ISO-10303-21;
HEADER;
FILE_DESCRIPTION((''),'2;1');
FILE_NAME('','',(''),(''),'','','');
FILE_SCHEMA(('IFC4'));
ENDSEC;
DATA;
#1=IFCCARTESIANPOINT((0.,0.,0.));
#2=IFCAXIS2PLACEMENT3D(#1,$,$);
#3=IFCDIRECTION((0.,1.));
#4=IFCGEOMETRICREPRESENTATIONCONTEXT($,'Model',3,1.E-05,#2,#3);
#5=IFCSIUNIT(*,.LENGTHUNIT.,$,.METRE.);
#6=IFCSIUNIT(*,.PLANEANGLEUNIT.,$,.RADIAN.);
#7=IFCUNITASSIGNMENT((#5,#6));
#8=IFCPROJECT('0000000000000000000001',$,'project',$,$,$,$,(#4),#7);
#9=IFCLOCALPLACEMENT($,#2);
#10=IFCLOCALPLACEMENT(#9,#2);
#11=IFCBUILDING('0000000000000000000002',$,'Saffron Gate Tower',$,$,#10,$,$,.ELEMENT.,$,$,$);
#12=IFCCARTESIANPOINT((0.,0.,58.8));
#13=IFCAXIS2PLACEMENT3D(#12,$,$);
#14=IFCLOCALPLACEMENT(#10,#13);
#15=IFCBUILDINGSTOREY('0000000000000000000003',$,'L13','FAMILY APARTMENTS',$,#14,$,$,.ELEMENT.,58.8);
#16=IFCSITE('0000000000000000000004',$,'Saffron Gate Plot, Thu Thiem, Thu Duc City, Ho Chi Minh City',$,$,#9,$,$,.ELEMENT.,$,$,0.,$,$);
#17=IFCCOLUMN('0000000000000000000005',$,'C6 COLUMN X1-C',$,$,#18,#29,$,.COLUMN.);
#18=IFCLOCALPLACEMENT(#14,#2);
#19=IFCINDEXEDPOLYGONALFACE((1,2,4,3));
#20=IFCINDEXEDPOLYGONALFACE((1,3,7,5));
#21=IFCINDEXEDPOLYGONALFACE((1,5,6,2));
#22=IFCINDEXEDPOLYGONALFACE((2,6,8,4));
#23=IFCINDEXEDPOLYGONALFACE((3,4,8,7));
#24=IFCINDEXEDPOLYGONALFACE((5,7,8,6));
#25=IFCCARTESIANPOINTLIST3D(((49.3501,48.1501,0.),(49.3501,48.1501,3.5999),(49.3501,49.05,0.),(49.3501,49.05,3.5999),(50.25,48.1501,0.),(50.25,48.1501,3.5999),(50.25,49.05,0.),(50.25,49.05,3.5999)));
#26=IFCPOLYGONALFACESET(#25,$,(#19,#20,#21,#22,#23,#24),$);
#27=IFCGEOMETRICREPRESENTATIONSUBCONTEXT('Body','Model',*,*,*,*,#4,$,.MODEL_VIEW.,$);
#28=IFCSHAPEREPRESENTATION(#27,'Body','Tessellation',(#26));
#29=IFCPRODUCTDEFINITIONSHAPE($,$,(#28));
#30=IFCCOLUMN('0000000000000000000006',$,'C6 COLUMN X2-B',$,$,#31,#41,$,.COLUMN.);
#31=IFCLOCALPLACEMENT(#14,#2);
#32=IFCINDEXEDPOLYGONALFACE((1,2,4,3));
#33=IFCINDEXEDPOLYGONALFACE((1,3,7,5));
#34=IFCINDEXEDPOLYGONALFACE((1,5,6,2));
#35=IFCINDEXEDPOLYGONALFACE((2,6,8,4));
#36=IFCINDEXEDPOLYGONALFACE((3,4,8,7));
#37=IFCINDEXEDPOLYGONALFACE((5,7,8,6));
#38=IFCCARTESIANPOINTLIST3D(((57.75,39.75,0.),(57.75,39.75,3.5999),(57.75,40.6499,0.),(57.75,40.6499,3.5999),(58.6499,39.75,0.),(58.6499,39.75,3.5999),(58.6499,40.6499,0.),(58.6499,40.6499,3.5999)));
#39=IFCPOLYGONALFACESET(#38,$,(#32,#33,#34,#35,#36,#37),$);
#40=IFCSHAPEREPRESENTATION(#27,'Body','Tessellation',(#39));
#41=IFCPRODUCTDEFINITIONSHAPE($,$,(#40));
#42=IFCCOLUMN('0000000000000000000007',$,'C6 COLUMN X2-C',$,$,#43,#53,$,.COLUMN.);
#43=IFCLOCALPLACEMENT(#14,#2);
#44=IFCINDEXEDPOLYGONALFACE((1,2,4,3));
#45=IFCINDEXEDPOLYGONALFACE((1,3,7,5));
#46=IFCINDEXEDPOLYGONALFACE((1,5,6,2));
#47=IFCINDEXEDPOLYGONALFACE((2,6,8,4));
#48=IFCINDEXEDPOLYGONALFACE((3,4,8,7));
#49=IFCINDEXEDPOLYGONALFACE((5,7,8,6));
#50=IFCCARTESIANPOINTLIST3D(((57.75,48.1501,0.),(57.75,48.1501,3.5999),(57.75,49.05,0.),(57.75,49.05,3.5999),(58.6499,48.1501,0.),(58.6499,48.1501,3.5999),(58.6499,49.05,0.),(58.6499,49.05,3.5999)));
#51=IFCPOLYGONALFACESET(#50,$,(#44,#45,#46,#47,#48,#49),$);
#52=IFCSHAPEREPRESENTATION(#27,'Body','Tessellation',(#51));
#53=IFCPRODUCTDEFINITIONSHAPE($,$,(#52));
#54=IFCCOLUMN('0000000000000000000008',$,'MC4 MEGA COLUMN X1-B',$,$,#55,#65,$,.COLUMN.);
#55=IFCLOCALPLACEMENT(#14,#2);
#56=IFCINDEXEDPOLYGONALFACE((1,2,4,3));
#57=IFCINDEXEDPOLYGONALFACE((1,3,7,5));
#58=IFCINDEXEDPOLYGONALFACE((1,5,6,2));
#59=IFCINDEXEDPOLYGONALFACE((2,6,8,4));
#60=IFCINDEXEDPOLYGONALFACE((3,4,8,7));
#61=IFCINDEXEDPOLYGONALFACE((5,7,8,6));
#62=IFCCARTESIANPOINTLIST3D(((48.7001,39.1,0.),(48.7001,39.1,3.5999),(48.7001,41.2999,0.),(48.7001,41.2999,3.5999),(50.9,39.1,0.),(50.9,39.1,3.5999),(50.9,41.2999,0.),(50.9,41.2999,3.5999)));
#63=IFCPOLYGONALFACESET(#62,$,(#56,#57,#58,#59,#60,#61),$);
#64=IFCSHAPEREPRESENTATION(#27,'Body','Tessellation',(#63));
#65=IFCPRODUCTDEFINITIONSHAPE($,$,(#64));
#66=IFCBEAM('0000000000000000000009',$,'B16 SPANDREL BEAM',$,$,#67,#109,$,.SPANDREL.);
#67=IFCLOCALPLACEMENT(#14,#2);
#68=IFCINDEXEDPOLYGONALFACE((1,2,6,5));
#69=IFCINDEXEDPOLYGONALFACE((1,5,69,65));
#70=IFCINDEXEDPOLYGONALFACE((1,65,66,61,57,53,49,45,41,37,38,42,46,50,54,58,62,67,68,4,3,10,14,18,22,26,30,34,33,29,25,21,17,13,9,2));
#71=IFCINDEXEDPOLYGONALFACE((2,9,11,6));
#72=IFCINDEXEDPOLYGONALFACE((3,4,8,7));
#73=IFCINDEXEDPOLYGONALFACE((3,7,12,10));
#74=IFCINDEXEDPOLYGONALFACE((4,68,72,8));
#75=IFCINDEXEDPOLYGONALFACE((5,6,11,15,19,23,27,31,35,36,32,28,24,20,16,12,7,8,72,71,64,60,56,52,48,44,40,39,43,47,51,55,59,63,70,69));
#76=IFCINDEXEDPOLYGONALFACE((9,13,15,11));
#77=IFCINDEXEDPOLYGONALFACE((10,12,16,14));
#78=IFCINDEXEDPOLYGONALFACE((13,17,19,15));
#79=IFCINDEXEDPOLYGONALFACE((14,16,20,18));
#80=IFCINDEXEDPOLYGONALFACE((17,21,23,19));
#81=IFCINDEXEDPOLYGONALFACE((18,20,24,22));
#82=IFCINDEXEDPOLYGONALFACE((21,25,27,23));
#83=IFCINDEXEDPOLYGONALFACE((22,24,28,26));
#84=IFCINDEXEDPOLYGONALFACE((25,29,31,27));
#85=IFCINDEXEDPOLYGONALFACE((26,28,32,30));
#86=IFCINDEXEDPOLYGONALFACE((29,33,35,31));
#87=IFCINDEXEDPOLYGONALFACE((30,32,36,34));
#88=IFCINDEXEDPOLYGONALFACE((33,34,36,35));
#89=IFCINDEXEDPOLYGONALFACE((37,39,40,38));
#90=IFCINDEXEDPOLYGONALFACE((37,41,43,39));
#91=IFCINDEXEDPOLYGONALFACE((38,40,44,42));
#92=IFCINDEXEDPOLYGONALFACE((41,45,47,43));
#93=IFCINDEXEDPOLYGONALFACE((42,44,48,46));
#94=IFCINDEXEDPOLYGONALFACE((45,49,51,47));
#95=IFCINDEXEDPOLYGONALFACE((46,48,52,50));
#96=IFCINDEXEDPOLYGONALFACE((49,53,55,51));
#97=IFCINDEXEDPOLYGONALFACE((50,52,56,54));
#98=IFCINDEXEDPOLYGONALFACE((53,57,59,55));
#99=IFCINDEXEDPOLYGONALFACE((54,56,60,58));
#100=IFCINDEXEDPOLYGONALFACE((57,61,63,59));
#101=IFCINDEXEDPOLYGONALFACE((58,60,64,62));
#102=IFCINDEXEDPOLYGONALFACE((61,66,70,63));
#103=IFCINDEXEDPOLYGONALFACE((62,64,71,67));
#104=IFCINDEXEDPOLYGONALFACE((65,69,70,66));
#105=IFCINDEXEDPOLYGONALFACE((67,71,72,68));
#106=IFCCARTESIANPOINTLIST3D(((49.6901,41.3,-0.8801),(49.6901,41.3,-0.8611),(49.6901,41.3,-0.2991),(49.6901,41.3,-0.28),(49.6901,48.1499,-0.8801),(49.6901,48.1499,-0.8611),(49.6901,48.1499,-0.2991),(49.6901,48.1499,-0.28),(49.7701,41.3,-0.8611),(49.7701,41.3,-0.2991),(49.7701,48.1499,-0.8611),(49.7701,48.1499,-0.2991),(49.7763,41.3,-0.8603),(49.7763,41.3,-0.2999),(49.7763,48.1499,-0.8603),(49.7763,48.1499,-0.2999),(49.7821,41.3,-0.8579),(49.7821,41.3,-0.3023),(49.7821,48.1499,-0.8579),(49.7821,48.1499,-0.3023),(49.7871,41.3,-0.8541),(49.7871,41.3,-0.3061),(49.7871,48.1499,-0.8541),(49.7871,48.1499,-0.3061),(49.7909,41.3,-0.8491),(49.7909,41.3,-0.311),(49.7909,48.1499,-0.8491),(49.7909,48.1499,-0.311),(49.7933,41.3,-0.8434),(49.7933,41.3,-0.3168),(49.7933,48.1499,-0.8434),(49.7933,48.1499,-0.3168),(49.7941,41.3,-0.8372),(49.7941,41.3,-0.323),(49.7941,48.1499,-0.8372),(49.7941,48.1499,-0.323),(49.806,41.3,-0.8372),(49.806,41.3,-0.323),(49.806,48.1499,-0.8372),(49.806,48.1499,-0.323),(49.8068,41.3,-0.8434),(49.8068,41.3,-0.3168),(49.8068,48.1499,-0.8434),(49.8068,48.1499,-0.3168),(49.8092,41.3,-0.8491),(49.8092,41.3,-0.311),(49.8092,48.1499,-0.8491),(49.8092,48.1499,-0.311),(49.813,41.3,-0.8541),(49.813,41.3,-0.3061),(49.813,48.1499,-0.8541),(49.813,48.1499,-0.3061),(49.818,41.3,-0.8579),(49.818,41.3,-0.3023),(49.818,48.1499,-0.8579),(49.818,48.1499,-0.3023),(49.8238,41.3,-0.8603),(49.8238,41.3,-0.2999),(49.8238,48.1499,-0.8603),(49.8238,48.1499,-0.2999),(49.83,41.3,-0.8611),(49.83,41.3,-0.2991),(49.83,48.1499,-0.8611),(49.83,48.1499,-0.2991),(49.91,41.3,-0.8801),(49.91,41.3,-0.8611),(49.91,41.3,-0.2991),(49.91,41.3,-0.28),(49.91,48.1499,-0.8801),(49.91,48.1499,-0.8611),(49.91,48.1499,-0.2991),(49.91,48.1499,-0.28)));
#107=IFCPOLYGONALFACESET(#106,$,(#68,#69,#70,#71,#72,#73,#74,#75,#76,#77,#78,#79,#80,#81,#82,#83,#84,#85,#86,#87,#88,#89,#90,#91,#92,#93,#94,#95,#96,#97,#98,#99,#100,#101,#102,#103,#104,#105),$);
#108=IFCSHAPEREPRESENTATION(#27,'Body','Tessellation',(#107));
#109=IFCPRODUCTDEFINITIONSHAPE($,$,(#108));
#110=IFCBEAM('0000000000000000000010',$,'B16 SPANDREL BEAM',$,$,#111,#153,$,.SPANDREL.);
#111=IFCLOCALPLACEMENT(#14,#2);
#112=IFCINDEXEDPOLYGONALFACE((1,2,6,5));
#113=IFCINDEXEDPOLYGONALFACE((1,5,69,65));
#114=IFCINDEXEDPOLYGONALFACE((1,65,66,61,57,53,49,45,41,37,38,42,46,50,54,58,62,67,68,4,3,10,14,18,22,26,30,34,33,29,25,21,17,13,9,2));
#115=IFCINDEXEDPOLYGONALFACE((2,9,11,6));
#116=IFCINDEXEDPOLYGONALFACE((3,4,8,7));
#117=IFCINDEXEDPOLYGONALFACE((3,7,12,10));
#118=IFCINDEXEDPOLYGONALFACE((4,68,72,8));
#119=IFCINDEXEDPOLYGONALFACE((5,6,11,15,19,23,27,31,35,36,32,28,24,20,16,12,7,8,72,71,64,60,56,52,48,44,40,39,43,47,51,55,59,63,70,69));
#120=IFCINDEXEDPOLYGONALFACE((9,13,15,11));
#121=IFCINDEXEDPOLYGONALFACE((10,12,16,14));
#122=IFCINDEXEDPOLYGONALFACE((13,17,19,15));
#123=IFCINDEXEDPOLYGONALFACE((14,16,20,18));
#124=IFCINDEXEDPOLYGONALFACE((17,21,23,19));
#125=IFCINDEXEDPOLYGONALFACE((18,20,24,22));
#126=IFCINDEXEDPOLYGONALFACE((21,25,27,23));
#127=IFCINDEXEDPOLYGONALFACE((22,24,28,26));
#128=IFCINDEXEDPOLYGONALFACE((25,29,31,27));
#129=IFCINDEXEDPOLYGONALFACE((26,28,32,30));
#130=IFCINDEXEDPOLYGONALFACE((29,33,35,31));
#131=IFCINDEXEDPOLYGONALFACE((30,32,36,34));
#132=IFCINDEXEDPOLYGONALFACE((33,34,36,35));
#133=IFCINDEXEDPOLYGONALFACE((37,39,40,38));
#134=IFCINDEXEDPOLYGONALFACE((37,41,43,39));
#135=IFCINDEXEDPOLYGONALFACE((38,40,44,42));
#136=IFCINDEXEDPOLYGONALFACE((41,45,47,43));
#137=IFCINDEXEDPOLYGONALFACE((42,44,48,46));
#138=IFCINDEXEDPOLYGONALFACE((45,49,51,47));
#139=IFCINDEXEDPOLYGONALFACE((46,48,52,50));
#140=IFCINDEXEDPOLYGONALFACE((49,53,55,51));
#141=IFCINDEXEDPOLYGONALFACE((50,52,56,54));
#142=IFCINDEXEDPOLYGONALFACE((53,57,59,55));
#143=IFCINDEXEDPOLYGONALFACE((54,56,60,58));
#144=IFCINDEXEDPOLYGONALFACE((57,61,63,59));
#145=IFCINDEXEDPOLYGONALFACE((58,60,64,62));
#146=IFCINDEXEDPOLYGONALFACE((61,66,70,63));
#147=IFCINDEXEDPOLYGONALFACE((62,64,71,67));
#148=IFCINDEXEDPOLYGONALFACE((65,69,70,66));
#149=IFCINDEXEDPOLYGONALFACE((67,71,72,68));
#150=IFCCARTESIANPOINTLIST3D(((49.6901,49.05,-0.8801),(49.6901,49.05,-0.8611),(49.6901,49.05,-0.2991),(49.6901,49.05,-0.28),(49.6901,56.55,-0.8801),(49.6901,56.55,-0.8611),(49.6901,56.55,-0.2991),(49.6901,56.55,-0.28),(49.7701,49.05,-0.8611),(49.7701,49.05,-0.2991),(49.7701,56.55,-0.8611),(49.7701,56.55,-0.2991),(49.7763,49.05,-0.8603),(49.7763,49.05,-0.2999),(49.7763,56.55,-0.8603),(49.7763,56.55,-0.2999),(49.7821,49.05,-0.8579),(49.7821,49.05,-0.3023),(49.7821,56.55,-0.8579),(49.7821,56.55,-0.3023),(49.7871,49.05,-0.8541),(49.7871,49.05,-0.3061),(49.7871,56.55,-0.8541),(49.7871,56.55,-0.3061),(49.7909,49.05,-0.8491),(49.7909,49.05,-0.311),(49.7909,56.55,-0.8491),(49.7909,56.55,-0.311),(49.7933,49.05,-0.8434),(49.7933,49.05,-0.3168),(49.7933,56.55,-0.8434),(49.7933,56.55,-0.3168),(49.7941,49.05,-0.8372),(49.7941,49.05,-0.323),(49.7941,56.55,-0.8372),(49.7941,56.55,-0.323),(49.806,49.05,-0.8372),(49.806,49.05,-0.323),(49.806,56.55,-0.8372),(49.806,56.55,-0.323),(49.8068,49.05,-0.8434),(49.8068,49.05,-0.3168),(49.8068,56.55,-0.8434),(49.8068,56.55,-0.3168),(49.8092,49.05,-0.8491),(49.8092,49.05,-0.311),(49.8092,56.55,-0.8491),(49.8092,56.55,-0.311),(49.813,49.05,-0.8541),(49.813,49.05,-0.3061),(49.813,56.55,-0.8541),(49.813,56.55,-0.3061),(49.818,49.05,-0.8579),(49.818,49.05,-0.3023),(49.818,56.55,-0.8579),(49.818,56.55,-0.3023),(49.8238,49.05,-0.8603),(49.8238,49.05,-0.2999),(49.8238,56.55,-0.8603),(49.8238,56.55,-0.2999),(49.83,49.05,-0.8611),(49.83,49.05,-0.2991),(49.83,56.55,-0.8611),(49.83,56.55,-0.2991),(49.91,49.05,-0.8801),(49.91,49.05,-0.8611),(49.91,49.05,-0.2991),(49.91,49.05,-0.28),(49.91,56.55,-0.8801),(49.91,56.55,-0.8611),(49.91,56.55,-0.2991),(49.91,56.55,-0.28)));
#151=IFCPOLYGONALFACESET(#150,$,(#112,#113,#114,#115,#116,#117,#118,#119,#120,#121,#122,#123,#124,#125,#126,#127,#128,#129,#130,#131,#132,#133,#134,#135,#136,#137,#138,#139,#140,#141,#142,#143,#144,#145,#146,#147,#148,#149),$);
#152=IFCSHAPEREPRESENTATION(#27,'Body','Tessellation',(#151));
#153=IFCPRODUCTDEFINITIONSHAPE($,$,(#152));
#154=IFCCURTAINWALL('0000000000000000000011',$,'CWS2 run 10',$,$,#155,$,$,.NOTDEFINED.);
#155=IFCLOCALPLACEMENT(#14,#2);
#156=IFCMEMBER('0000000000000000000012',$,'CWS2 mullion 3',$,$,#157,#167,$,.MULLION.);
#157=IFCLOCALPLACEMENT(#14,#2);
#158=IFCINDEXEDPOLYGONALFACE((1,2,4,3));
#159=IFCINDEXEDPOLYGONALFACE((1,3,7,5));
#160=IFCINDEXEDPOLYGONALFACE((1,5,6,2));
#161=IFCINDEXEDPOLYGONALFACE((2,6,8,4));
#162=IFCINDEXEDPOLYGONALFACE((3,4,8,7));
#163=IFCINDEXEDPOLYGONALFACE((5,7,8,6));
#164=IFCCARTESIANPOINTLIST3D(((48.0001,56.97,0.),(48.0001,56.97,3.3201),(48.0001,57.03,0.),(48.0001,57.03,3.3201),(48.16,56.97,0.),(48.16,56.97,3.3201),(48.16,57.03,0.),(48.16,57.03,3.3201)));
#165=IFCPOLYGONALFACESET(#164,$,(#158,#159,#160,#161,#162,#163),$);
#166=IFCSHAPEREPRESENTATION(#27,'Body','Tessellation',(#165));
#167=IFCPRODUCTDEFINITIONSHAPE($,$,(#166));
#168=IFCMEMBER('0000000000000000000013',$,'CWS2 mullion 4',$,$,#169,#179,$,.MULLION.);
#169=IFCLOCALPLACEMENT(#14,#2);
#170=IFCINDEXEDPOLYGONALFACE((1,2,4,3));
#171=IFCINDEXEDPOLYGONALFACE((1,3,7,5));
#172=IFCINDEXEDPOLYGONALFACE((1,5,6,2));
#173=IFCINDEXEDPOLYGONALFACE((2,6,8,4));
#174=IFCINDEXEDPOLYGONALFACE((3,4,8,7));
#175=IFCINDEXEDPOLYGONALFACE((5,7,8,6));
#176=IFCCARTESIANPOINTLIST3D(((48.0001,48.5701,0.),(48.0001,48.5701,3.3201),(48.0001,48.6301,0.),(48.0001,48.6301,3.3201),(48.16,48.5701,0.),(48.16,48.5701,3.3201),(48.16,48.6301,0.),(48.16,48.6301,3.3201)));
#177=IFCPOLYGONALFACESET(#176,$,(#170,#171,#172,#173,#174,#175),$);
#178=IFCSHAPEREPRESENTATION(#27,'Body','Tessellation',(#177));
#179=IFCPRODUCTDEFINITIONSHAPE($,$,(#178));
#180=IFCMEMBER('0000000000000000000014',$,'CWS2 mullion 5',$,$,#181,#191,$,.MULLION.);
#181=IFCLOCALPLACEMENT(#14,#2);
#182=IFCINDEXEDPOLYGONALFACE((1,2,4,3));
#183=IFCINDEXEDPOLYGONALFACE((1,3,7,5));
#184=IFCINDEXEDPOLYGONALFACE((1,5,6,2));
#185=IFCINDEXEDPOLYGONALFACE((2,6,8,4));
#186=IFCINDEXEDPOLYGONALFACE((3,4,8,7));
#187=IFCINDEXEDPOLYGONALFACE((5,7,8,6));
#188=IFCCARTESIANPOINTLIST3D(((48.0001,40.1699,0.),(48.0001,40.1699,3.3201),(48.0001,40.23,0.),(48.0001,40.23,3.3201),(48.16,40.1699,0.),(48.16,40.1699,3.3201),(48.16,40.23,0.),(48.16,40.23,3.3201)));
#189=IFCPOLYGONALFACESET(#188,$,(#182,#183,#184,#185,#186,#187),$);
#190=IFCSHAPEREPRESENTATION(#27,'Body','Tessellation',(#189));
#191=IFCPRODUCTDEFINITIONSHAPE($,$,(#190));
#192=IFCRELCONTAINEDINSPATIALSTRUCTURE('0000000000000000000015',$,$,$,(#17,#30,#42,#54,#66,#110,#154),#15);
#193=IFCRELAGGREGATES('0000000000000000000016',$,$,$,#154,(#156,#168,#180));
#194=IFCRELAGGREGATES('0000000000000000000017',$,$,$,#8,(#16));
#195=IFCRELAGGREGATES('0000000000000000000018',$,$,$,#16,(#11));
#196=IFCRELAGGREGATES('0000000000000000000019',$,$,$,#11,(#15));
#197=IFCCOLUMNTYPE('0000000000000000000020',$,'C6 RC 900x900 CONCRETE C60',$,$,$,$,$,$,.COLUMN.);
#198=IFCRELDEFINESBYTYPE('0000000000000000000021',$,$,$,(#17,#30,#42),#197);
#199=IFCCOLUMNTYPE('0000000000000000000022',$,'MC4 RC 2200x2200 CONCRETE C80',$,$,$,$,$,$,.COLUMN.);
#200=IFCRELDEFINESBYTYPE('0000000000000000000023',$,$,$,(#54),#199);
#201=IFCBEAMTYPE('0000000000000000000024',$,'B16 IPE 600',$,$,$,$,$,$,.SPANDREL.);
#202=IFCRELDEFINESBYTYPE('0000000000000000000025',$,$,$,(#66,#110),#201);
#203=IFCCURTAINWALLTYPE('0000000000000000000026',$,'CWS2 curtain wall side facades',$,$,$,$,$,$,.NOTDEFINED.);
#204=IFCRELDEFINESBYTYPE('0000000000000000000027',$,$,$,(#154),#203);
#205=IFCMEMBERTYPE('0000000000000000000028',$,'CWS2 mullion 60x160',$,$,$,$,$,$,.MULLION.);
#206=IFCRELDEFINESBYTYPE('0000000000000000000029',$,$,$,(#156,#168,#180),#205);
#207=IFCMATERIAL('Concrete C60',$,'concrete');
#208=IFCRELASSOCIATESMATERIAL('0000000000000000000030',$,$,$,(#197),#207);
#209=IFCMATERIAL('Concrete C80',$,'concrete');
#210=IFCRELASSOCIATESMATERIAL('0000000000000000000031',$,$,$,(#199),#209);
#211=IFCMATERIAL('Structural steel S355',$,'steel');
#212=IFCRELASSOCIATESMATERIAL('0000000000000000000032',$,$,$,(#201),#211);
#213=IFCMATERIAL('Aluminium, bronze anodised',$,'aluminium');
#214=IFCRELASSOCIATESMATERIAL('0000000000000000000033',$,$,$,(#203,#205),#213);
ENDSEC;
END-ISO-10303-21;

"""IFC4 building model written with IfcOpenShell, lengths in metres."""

from ifc_helpers import new_model, si_unit, direction, frame, origin, origin_2d, place, context, subcontext, project, spatial, rectangle, i_section, extrude, material, material_profile, profile_set, type_object, element, aggregate, save


model = new_model("IFC4")

# Units and contexts
model_context = context("Model", 3, precision=1e-05, world=origin(), true_north=direction((0.0, 1.0)))
body_context = subcontext(model_context, "Body", "Model", "MODEL_VIEW")
ifc_project = project(units=[si_unit("LENGTHUNIT", "METRE"), si_unit("PLANEANGLEUNIT", "RADIAN")], contexts=[model_context])

# Site, building, storey
site_placement = place(None, origin())
site = spatial("IfcSite", under=ifc_project, at=site_placement, Name="Saffron Gate Plot, Thu Thiem, Thu Duc City, Ho Chi Minh City", CompositionType="ELEMENT", RefElevation=0.0)
building_placement = place(site_placement, origin())
building = spatial("IfcBuilding", under=site, at=building_placement, Name="Saffron Gate Tower", CompositionType="ELEMENT")
storey_placement = place(building_placement, frame((0.0, 0.0, 58.8)))
storey = spatial("IfcBuildingStorey", under=building, at=storey_placement, Name="L13", Description="FAMILY APARTMENTS", CompositionType="ELEMENT", Elevation=58.8)

# Columns
ifc_material_1 = material(Name="Concrete C60", Category="concrete")
ifc_material_profile_1 = material_profile(ifc_material_1, rectangle(XDim=0.8999, YDim=0.8999, at=origin_2d()))
ifc_profile_set_1 = profile_set([ifc_material_profile_1], Name="Concrete C60")
column_type_1 = type_object("IfcColumnType", Name="C6 RC 900x900 CONCRETE C60", PredefinedType="COLUMN", material=ifc_profile_set_1)
for number, where, z_axis, x_axis, name in (
    (1, (49.8, 48.6001, 0.0), (0.0, 0.0, 1.0), (1.0, 0.0, 0.0), "C6 COLUMN X1-C"),
    (2, (58.2, 40.2, 0.0), (0.0, 0.0, 1.0), (1.0, 0.0, 0.0), "C6 COLUMN X2-B"),
    (3, (58.2, 48.6001, 0.0), (0.0, 0.0, 1.0), (1.0, 0.0, 0.0), "C6 COLUMN X2-C"),
):
    element("IfcColumn", number, at=place(storey_placement, frame(where, z_axis=z_axis, x_axis=x_axis)), inside=storey, type_object=column_type_1, Name=name, PredefinedType="COLUMN", context=body_context, shape_type="SweptSolid", body=[
        extrude(rectangle(XDim=0.8999, YDim=0.8999, at=origin_2d()), origin(), (0.0, 0.0, 1.0), 3.5999),
    ])
ifc_material_2 = material(Name="Concrete C80", Category="concrete")
ifc_material_profile_2 = material_profile(ifc_material_2, rectangle(XDim=2.2, YDim=2.2, at=origin_2d()))
ifc_profile_set_2 = profile_set([ifc_material_profile_2], Name="Concrete C80")
column_type_2 = type_object("IfcColumnType", Name="MC4 RC 2200x2200 CONCRETE C80", PredefinedType="COLUMN", material=ifc_profile_set_2)
column_placement = place(storey_placement, frame((49.8, 40.2, 0.0), z_axis=(0.0, 0.0, 1.0), x_axis=(1.0, 0.0, 0.0)))
element("IfcColumn", 4, at=column_placement, inside=storey, type_object=column_type_2, Name="MC4 MEGA COLUMN X1-B", PredefinedType="COLUMN", context=body_context, shape_type="SweptSolid", body=[
    extrude(rectangle(XDim=2.2, YDim=2.2, at=origin_2d()), origin(), (0.0, 0.0, 1.0), 3.5999),
])

# Beams
ifc_material_3 = material(Name="Structural steel S355", Category="steel")
ifc_material_profile_3 = material_profile(ifc_material_3, i_section(OverallWidth=0.22, OverallDepth=0.6001, WebThickness=0.012, FlangeThickness=0.019, FilletRadius=0.0239, at=origin_2d()))
ifc_profile_set_3 = profile_set([ifc_material_profile_3], Name="Structural steel S355")
beam_type = type_object("IfcBeamType", Name="B16 IPE 600", PredefinedType="SPANDREL", material=ifc_profile_set_3)
beam_1_placement = place(storey_placement, frame((49.8, 41.3, -0.5801), z_axis=(0.0, 1.0, 0.0), x_axis=(-1.0, 0.0, 0.0)))
element("IfcBeam", 5, at=beam_1_placement, inside=storey, type_object=beam_type, Name="B16 SPANDREL BEAM", PredefinedType="SPANDREL", context=body_context, shape_type="SweptSolid", body=[
    extrude(i_section(OverallWidth=0.22, OverallDepth=0.6001, WebThickness=0.012, FlangeThickness=0.019, FilletRadius=0.0239, at=origin_2d()), origin(), (0.0, 0.0, 1.0), 6.8499),
])
beam_2_placement = place(storey_placement, frame((49.8, 49.05, -0.5801), z_axis=(0.0, 1.0, 0.0), x_axis=(-1.0, 0.0, 0.0)))
element("IfcBeam", 6, at=beam_2_placement, inside=storey, type_object=beam_type, Name="B16 SPANDREL BEAM", PredefinedType="SPANDREL", context=body_context, shape_type="SweptSolid", body=[
    extrude(i_section(OverallWidth=0.22, OverallDepth=0.6001, WebThickness=0.012, FlangeThickness=0.019, FilletRadius=0.0239, at=origin_2d()), origin(), (0.0, 0.0, 1.0), 7.5),
])

# Curtain wall, members
ifc_material_4 = material(Name="Aluminium, bronze anodised", Category="aluminium")
curtain_wall_type_1 = type_object("IfcCurtainWallType", Name="CWS2 curtain wall side facades", PredefinedType="NOTDEFINED", material=ifc_material_4)
curtain_wall_1_placement = place(storey_placement, origin())
curtain_wall_1 = element("IfcCurtainWall", 7, at=curtain_wall_1_placement, inside=storey, type_object=curtain_wall_type_1, Name="CWS2 run 10", PredefinedType="NOTDEFINED")
ifc_material_profile_4 = material_profile(ifc_material_4, rectangle(XDim=0.1599, YDim=0.0601, at=origin_2d()))
ifc_profile_set_4 = profile_set([ifc_material_profile_4], Name="Aluminium, bronze anodised")
member_type_1 = type_object("IfcMemberType", Name="CWS2 mullion 60x160", PredefinedType="MULLION", material=ifc_profile_set_4)
member_1_placement = place(storey_placement, frame((48.0801, 57.0, 0.0), z_axis=(0.0, 0.0, 1.0), x_axis=(1.0, 0.0, 0.0)))
member_1 = element("IfcMember", 8, at=member_1_placement, type_object=member_type_1, Name="CWS2 mullion 3", PredefinedType="MULLION", context=body_context, shape_type="SweptSolid", body=[
    extrude(rectangle(XDim=0.1599, YDim=0.0601, at=origin_2d()), origin(), (0.0, 0.0, 1.0), 3.3201),
])
member_2_placement = place(storey_placement, frame((48.0801, 48.6001, 0.0), z_axis=(0.0, 0.0, 1.0), x_axis=(1.0, 0.0, 0.0)))
member_2 = element("IfcMember", 9, at=member_2_placement, type_object=member_type_1, Name="CWS2 mullion 4", PredefinedType="MULLION", context=body_context, shape_type="SweptSolid", body=[
    extrude(rectangle(XDim=0.1599, YDim=0.0601, at=origin_2d()), origin(), (0.0, 0.0, 1.0), 3.3201),
])
member_3_placement = place(storey_placement, frame((48.0801, 40.2, 0.0), z_axis=(0.0, 0.0, 1.0), x_axis=(1.0, 0.0, 0.0)))
member_3 = element("IfcMember", 10, at=member_3_placement, type_object=member_type_1, Name="CWS2 mullion 5", PredefinedType="MULLION", context=body_context, shape_type="SweptSolid", body=[
    extrude(rectangle(XDim=0.1599, YDim=0.0601, at=origin_2d()), origin(), (0.0, 0.0, 1.0), 3.3201),
])
aggregate(curtain_wall_1, [member_1, member_2, member_3])

save(model, "model.ifc")
